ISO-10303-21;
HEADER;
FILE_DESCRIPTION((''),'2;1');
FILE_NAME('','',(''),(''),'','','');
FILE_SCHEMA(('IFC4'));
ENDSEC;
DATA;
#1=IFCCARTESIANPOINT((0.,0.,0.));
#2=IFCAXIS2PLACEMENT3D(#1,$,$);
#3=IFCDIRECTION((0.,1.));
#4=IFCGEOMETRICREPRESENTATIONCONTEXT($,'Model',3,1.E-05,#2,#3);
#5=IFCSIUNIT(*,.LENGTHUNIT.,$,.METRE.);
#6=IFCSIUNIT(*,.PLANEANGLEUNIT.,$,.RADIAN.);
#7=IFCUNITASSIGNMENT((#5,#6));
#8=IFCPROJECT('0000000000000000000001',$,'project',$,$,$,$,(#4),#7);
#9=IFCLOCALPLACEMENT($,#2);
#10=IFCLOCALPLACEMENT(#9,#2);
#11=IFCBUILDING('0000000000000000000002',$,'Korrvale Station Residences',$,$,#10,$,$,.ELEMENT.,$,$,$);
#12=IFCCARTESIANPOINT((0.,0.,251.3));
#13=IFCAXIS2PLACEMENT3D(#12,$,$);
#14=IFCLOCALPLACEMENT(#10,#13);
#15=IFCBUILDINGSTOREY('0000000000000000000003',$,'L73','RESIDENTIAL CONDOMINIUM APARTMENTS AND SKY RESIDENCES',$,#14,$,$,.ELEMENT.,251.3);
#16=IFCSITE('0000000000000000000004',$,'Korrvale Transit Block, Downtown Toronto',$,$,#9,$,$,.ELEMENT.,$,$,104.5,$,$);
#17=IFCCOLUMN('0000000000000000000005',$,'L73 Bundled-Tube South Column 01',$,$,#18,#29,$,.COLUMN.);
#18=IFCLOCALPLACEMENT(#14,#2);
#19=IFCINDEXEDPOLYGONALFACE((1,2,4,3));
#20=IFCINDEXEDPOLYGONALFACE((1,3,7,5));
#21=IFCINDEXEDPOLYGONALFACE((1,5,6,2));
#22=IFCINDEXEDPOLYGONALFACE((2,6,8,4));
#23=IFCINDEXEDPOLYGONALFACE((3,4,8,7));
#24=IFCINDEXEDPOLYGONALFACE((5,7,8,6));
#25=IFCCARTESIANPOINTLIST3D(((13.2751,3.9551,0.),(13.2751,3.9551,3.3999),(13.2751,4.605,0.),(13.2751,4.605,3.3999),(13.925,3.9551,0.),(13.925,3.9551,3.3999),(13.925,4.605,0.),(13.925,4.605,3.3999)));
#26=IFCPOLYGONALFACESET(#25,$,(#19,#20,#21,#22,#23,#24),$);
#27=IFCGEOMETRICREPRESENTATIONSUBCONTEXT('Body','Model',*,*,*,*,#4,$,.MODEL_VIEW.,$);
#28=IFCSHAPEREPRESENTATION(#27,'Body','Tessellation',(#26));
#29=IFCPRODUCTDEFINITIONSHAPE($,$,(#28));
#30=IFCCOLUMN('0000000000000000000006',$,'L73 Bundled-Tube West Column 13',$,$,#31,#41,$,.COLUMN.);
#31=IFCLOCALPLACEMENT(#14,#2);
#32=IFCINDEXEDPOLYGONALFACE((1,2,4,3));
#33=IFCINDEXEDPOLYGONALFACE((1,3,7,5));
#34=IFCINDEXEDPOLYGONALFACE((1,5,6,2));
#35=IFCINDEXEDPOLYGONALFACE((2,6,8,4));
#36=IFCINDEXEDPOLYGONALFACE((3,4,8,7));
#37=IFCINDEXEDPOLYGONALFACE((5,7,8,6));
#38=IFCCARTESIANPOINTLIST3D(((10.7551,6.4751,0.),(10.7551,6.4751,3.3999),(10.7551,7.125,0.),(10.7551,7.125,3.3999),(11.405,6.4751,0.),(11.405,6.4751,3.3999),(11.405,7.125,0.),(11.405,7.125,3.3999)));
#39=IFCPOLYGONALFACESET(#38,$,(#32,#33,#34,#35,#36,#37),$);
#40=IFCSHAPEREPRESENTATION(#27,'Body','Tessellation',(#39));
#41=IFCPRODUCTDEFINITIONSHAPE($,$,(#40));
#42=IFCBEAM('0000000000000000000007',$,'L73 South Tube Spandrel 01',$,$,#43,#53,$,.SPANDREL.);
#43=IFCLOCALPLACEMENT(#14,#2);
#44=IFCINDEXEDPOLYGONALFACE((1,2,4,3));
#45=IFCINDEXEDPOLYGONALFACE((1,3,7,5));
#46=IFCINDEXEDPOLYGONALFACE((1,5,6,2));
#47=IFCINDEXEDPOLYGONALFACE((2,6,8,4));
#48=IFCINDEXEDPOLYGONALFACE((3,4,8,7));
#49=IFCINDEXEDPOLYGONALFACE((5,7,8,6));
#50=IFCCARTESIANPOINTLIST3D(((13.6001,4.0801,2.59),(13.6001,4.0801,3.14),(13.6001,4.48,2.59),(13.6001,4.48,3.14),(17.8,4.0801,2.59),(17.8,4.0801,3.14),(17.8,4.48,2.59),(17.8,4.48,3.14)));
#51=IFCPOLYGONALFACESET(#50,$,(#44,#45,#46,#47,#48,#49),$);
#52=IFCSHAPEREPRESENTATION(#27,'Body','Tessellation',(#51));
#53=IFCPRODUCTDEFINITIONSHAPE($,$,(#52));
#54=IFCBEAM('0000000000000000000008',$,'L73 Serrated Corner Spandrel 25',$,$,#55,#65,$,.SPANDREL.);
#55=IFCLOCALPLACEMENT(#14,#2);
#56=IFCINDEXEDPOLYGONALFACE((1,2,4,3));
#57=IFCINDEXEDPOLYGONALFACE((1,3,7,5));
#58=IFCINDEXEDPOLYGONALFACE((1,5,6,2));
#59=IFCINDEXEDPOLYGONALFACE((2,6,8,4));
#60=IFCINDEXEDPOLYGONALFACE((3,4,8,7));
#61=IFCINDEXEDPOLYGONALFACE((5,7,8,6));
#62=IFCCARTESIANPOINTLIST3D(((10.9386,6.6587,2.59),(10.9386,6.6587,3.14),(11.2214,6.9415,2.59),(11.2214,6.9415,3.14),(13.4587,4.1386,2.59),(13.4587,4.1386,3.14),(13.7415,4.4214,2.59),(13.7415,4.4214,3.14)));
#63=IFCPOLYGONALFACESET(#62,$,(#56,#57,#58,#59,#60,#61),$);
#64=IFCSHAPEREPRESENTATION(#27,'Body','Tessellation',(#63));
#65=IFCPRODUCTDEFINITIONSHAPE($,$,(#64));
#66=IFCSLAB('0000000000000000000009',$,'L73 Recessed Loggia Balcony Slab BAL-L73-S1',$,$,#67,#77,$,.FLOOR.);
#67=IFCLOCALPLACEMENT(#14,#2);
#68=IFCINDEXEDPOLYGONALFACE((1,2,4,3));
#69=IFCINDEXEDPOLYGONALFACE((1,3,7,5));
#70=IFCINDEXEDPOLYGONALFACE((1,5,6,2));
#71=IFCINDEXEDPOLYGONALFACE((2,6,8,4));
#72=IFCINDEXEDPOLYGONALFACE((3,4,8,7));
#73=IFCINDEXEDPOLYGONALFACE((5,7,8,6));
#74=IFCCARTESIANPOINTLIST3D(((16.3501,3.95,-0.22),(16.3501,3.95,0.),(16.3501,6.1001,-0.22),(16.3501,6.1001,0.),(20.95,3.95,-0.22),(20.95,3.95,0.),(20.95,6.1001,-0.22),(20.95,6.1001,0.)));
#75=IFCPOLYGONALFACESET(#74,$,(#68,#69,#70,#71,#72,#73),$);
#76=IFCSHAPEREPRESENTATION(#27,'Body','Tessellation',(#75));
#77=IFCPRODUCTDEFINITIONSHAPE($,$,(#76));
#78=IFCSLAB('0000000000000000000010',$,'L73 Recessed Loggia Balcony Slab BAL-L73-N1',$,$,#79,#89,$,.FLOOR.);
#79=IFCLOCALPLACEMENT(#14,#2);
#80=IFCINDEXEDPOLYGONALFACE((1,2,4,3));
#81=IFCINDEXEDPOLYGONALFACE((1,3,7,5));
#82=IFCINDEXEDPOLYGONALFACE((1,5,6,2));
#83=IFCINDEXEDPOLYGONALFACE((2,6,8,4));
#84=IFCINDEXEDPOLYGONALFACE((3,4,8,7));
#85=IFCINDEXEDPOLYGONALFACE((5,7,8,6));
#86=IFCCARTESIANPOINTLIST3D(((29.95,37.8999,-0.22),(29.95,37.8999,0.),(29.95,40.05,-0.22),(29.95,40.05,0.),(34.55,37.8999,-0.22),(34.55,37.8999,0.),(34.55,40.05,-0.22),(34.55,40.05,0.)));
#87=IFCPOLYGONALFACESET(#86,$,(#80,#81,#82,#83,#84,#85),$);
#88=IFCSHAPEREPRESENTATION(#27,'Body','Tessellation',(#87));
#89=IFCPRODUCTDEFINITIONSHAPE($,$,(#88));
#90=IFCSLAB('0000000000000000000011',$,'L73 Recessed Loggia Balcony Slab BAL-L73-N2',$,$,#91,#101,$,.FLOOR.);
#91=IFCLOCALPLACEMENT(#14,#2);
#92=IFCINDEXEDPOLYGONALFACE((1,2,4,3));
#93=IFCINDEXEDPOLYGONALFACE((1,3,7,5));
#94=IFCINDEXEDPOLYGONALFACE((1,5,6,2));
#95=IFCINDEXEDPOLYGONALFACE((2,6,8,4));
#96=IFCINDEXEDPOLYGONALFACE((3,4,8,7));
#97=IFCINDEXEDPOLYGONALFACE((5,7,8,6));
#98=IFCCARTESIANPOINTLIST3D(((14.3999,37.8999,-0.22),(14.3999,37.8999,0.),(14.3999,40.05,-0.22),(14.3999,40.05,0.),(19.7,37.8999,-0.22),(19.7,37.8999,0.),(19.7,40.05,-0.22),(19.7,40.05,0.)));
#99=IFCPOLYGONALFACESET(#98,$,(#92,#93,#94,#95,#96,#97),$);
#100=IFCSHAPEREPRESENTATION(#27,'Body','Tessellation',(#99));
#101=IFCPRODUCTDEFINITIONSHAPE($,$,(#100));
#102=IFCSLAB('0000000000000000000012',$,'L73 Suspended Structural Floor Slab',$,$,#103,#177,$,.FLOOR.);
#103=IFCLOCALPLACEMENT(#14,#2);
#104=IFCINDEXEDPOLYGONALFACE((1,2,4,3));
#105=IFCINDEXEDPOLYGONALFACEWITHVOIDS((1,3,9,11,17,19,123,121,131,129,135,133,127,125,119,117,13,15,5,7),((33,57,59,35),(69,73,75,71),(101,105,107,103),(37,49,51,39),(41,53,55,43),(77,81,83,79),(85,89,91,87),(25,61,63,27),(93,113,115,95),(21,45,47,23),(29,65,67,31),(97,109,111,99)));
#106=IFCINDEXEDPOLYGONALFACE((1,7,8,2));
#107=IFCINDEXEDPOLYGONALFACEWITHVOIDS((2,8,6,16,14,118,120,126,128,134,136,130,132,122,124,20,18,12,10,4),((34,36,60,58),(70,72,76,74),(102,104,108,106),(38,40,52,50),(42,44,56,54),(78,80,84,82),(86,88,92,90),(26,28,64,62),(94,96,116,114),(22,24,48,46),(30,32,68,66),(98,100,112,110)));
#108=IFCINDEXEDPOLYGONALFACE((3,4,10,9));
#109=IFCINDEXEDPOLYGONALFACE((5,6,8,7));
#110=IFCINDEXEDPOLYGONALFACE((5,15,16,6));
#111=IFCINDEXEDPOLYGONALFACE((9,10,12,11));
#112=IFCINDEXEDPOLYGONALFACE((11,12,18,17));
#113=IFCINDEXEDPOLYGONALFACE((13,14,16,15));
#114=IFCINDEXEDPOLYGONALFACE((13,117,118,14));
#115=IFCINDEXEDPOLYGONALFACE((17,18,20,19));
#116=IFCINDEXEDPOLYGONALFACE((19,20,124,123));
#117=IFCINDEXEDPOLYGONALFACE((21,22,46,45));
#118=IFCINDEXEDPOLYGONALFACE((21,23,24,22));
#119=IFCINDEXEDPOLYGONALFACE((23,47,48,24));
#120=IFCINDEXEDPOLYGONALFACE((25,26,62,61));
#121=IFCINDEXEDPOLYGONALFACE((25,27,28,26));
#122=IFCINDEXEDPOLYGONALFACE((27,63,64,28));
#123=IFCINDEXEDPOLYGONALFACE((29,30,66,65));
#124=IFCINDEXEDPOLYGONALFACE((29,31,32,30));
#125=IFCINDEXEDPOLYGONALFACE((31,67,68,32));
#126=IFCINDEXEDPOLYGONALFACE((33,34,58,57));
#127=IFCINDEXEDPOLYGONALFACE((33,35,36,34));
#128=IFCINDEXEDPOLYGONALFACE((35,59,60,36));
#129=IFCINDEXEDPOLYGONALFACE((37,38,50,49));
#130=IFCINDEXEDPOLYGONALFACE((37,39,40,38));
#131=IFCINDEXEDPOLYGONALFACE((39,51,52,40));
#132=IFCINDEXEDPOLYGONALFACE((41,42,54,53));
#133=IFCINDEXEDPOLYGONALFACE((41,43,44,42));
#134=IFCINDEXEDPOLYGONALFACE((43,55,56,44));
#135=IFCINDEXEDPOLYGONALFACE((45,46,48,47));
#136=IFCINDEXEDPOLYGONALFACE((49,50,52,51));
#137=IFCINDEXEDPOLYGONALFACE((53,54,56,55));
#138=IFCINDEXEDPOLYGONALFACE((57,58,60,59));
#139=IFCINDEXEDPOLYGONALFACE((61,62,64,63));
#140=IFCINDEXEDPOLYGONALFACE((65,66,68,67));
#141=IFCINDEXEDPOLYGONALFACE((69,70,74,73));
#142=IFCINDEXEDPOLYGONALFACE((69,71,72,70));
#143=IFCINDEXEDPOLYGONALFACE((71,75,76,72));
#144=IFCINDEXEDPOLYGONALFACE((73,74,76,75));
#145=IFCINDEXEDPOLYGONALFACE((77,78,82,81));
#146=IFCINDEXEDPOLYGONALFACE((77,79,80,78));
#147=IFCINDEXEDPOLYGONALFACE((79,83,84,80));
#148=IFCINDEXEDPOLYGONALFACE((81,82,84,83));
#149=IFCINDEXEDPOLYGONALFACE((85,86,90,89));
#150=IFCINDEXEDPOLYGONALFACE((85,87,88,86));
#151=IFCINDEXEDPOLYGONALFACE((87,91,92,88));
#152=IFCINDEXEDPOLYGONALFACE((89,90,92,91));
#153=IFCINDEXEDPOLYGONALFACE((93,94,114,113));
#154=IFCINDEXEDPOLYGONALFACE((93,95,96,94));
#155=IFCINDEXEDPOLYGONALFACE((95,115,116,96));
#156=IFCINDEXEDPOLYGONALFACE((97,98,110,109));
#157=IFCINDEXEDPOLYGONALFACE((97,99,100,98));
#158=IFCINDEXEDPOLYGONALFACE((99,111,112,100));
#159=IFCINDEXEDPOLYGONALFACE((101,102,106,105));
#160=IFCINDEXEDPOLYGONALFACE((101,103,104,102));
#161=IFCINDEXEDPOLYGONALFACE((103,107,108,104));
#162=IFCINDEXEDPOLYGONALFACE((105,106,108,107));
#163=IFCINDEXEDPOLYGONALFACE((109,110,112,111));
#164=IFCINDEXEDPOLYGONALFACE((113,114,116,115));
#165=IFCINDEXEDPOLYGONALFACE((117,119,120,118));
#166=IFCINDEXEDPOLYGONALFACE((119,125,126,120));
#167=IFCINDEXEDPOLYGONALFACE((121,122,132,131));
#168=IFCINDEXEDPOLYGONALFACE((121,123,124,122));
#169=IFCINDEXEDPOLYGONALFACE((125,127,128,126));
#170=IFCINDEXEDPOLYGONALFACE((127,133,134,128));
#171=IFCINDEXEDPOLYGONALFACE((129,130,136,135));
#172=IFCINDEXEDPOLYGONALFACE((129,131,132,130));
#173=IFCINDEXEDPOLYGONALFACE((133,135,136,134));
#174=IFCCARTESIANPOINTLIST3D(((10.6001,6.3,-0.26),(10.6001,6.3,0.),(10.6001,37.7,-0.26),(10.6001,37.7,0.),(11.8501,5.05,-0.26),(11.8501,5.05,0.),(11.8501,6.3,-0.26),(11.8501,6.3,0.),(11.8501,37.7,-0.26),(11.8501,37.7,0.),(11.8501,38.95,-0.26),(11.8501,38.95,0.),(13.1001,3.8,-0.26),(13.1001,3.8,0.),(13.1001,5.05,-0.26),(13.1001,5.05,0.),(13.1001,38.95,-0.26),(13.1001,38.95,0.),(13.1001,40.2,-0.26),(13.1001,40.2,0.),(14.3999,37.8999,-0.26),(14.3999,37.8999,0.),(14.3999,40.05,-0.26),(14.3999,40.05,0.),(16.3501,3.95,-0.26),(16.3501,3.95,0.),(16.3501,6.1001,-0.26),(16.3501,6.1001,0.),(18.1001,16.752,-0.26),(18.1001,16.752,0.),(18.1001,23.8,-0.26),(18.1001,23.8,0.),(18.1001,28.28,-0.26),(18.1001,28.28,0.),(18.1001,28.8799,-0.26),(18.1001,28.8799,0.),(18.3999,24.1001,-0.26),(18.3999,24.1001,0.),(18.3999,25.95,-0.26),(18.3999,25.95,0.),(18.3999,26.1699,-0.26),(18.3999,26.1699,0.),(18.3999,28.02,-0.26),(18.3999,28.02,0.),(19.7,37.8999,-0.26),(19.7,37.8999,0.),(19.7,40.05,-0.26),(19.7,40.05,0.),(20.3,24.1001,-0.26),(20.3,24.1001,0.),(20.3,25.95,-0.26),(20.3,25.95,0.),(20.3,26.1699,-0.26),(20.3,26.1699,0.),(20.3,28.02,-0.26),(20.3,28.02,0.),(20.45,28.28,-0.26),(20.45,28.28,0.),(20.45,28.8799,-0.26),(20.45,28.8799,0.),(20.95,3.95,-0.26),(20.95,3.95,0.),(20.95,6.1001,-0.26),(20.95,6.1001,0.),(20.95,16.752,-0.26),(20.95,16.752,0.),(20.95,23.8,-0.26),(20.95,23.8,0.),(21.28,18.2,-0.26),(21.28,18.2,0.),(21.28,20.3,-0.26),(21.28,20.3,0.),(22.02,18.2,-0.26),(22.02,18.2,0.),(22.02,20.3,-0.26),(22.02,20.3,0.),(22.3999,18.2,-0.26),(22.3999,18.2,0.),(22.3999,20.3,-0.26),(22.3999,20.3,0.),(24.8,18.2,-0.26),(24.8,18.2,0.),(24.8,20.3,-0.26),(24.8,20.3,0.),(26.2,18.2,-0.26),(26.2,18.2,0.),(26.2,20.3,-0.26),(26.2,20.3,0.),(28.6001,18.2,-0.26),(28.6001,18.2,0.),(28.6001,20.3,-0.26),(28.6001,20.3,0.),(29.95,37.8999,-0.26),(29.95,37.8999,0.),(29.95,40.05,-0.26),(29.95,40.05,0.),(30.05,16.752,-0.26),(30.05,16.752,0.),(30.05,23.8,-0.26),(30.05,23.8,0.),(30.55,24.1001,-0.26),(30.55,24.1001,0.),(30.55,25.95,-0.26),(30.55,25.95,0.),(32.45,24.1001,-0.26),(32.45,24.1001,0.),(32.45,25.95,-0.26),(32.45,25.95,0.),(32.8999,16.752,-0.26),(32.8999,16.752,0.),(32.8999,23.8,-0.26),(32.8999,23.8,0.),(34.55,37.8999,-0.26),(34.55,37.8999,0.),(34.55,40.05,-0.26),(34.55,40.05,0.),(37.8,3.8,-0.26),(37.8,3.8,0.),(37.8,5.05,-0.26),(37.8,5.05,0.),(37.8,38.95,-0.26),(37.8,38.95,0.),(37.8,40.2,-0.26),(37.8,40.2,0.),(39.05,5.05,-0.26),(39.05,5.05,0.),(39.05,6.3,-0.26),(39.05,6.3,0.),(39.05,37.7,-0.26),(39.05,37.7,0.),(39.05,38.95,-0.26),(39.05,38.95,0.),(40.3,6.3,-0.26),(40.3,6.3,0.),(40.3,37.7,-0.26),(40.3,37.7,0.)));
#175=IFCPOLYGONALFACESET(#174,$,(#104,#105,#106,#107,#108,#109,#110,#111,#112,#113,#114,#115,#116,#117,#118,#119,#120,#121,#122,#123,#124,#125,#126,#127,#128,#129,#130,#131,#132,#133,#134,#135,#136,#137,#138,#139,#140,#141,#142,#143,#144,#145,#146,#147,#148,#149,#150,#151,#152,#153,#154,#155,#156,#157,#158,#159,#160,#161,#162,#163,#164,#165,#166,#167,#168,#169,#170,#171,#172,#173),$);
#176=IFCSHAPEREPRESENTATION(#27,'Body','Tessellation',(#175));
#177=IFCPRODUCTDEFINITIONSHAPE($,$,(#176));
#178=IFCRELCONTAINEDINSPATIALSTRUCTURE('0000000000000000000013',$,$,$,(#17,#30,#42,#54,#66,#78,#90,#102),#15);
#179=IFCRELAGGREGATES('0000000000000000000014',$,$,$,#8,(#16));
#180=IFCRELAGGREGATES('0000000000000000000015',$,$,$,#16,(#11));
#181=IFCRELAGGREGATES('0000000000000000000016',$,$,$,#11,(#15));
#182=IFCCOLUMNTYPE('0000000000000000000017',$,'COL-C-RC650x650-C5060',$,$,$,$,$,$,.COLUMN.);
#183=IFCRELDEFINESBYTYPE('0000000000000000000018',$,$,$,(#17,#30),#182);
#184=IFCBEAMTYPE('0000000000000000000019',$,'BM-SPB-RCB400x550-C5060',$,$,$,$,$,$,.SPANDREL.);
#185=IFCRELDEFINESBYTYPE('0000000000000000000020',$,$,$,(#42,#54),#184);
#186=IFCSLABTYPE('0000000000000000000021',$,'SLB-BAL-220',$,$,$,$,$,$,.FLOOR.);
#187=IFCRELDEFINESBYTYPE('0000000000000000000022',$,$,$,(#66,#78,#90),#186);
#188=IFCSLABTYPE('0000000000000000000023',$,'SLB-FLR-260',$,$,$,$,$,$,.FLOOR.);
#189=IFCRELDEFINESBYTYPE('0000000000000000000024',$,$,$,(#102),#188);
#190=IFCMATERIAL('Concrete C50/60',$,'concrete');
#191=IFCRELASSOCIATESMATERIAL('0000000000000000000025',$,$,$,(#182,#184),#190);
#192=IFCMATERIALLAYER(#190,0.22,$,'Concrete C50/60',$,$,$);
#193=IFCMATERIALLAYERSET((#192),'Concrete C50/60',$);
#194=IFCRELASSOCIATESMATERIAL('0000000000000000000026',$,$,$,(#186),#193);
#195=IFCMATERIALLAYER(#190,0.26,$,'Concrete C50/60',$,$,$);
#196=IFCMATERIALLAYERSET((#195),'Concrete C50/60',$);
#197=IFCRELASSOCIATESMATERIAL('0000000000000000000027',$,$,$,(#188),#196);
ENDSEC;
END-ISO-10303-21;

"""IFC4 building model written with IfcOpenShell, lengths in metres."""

from ifc_helpers import new_model, si_unit, direction, frame, origin, origin_2d, place, context, subcontext, project, spatial, polyline, rectangle, outline, extrude, material, layer, layer_set, material_profile, profile_set, type_object, element, save


model = new_model("IFC4")

# Units and contexts
model_context = context("Model", 3, precision=1e-05, world=origin(), true_north=direction((0.0, 1.0)))
body_context = subcontext(model_context, "Body", "Model", "MODEL_VIEW")
ifc_project = project(units=[si_unit("LENGTHUNIT", "METRE"), si_unit("PLANEANGLEUNIT", "RADIAN")], contexts=[model_context])

# Site, building, storey
site_placement = place(None, origin())
site = spatial("IfcSite", under=ifc_project, at=site_placement, Name="Korrvale Transit Block, Downtown Toronto", CompositionType="ELEMENT", RefElevation=104.5)
building_placement = place(site_placement, origin())
building = spatial("IfcBuilding", under=site, at=building_placement, Name="Korrvale Station Residences", CompositionType="ELEMENT")
storey_placement = place(building_placement, frame((0.0, 0.0, 251.3)))
storey = spatial("IfcBuildingStorey", under=building, at=storey_placement, Name="L73", Description="RESIDENTIAL CONDOMINIUM APARTMENTS AND SKY RESIDENCES", CompositionType="ELEMENT", Elevation=251.3)

# Columns
ifc_material_1 = material(Name="Concrete C50/60", Category="concrete")
ifc_material_profile_1 = material_profile(ifc_material_1, rectangle(XDim=0.6499, YDim=0.6499, at=origin_2d()), Name="RC650x650")
ifc_profile_set_1 = profile_set([ifc_material_profile_1], Name="Concrete C50/60")
column_type = type_object("IfcColumnType", Name="COL-C-RC650x650-C5060", PredefinedType="COLUMN", material=ifc_profile_set_1)
for number, where, z_axis, x_axis, name in (
    (1, (13.6001, 4.28, 0.0), (0.0, 0.0, 1.0), (1.0, 0.0, 0.0), "L73 Bundled-Tube South Column 01"),
    (2, (11.0801, 6.8, 0.0), (0.0, 0.0, 1.0), (1.0, 0.0, 0.0), "L73 Bundled-Tube West Column 13"),
):
    element("IfcColumn", number, at=place(storey_placement, frame(where, z_axis=z_axis, x_axis=x_axis)), inside=storey, type_object=column_type, Name=name, PredefinedType="COLUMN", context=body_context, shape_type="SweptSolid", body=[
        extrude(rectangle(XDim=0.6499, YDim=0.6499, at=origin_2d()), origin(), (0.0, 0.0, 1.0), 3.3999),
    ])

# Beams
ifc_material_profile_2 = material_profile(ifc_material_1, rectangle(XDim=0.3999, YDim=0.55, at=origin_2d()), Name="RCB400x550")
ifc_profile_set_2 = profile_set([ifc_material_profile_2], Name="Concrete C50/60")
beam_type = type_object("IfcBeamType", Name="BM-SPB-RCB400x550-C5060", PredefinedType="SPANDREL", material=ifc_profile_set_2)
beam_1_placement = place(storey_placement, frame((13.6001, 4.28, 2.865), z_axis=(1.0, 0.0, 0.0), x_axis=(0.0, 1.0, 0.0)))
element("IfcBeam", 3, at=beam_1_placement, inside=storey, type_object=beam_type, Name="L73 South Tube Spandrel 01", PredefinedType="SPANDREL", context=body_context, shape_type="SweptSolid", body=[
    extrude(rectangle(XDim=0.3999, YDim=0.55, at=origin_2d()), origin(), (0.0, 0.0, 1.0), 4.2),
])
beam_2_placement = place(storey_placement, frame((13.6001, 4.28, 2.865), z_axis=(-0.707107, 0.707107, 0.0), x_axis=(-0.707107, -0.707107, 0.0)))
element("IfcBeam", 4, at=beam_2_placement, inside=storey, type_object=beam_type, Name="L73 Serrated Corner Spandrel 25", PredefinedType="SPANDREL", context=body_context, shape_type="SweptSolid", body=[
    extrude(rectangle(XDim=0.3999, YDim=0.55, at=origin_2d()), origin(), (0.0, 0.0, 1.0), 3.564),
])

# Slabs
ifc_layer_1 = layer(ifc_material_1, 0.22, Name="Concrete C50/60")
ifc_layer_set_1 = layer_set([ifc_layer_1], Name="Concrete C50/60")
slab_type_1 = type_object("IfcSlabType", Name="SLB-BAL-220", PredefinedType="FLOOR", material=ifc_layer_set_1)
slab_1_placement = place(storey_placement, frame((0.0, 0.0, -0.22)))
element("IfcSlab", 5, at=slab_1_placement, inside=storey, type_object=slab_type_1, Name="L73 Recessed Loggia Balcony Slab BAL-L73-S1", PredefinedType="FLOOR", context=body_context, shape_type="SweptSolid", body=[
    extrude(outline(polyline([(16.3501, 3.95), (20.95, 3.95), (20.95, 6.1001), (16.3501, 6.1001), (16.3501, 3.95)])), origin(), (0.0, 0.0, 1.0), 0.22),
])
slab_2_placement = place(storey_placement, frame((0.0, 0.0, -0.22)))
element("IfcSlab", 6, at=slab_2_placement, inside=storey, type_object=slab_type_1, Name="L73 Recessed Loggia Balcony Slab BAL-L73-N1", PredefinedType="FLOOR", context=body_context, shape_type="SweptSolid", body=[
    extrude(outline(polyline([(29.95, 37.8999), (34.55, 37.8999), (34.55, 40.05), (29.95, 40.05), (29.95, 37.8999)])), origin(), (0.0, 0.0, 1.0), 0.22),
])
slab_3_placement = place(storey_placement, frame((0.0, 0.0, -0.22)))
element("IfcSlab", 7, at=slab_3_placement, inside=storey, type_object=slab_type_1, Name="L73 Recessed Loggia Balcony Slab BAL-L73-N2", PredefinedType="FLOOR", context=body_context, shape_type="SweptSolid", body=[
    extrude(outline(polyline([(14.3999, 37.8999), (19.7, 37.8999), (19.7, 40.05), (14.3999, 40.05), (14.3999, 37.8999)])), origin(), (0.0, 0.0, 1.0), 0.22),
])
ifc_layer_2 = layer(ifc_material_1, 0.26, Name="Concrete C50/60")
ifc_layer_set_2 = layer_set([ifc_layer_2], Name="Concrete C50/60")
slab_type_2 = type_object("IfcSlabType", Name="SLB-FLR-260", PredefinedType="FLOOR", material=ifc_layer_set_2)
slab_4_placement = place(storey_placement, frame((0.0, 0.0, -0.26)))
element("IfcSlab", 8, at=slab_4_placement, inside=storey, type_object=slab_type_2, Name="L73 Suspended Structural Floor Slab", PredefinedType="FLOOR", context=body_context, shape_type="SweptSolid", body=[
    extrude(outline(polyline([(13.1001, 3.8), (37.8, 3.8), (37.8, 5.05), (39.05, 5.05), (39.05, 6.3), (40.3, 6.3), (40.3, 37.7), (39.05, 37.7), (39.05, 38.95), (37.8, 38.95), (37.8, 40.2), (13.1001, 40.2), (13.1001, 38.95), (11.8501, 38.95), (11.8501, 37.7), (10.6001, 37.7), (10.6001, 6.3), (11.8501, 6.3), (11.8501, 5.05), (13.1001, 5.05), (13.1001, 3.8)]), holes=[polyline([(20.95, 16.752), (20.95, 23.8), (18.1001, 23.8), (18.1001, 16.752), (20.95, 16.752)]), polyline([(32.8999, 16.752), (32.8999, 23.8), (30.05, 23.8), (30.05, 16.752), (32.8999, 16.752)]), polyline([(18.3999, 24.1001), (20.3, 24.1001), (20.3, 25.95), (18.3999, 25.95), (18.3999, 24.1001)]), polyline([(18.3999, 26.1699), (20.3, 26.1699), (20.3, 28.02), (18.3999, 28.02), (18.3999, 26.1699)]), polyline([(30.55, 24.1001), (32.45, 24.1001), (32.45, 25.95), (30.55, 25.95), (30.55, 24.1001)]), polyline([(22.3999, 18.2), (24.8, 18.2), (24.8, 20.3), (22.3999, 20.3), (22.3999, 18.2)]), polyline([(26.2, 18.2), (28.6001, 18.2), (28.6001, 20.3), (26.2, 20.3), (26.2, 18.2)]), polyline([(18.1001, 28.28), (20.45, 28.28), (20.45, 28.8799), (18.1001, 28.8799), (18.1001, 28.28)]), polyline([(21.28, 18.2), (22.02, 18.2), (22.02, 20.3), (21.28, 20.3), (21.28, 18.2)]), polyline([(16.3501, 3.95), (20.95, 3.95), (20.95, 6.1001), (16.3501, 6.1001), (16.3501, 3.95)]), polyline([(29.95, 37.8999), (34.55, 37.8999), (34.55, 40.05), (29.95, 40.05), (29.95, 37.8999)]), polyline([(14.3999, 37.8999), (19.7, 37.8999), (19.7, 40.05), (14.3999, 40.05), (14.3999, 37.8999)])]), origin(), (0.0, 0.0, 1.0), 0.26),
])

save(model, "model.ifc")
